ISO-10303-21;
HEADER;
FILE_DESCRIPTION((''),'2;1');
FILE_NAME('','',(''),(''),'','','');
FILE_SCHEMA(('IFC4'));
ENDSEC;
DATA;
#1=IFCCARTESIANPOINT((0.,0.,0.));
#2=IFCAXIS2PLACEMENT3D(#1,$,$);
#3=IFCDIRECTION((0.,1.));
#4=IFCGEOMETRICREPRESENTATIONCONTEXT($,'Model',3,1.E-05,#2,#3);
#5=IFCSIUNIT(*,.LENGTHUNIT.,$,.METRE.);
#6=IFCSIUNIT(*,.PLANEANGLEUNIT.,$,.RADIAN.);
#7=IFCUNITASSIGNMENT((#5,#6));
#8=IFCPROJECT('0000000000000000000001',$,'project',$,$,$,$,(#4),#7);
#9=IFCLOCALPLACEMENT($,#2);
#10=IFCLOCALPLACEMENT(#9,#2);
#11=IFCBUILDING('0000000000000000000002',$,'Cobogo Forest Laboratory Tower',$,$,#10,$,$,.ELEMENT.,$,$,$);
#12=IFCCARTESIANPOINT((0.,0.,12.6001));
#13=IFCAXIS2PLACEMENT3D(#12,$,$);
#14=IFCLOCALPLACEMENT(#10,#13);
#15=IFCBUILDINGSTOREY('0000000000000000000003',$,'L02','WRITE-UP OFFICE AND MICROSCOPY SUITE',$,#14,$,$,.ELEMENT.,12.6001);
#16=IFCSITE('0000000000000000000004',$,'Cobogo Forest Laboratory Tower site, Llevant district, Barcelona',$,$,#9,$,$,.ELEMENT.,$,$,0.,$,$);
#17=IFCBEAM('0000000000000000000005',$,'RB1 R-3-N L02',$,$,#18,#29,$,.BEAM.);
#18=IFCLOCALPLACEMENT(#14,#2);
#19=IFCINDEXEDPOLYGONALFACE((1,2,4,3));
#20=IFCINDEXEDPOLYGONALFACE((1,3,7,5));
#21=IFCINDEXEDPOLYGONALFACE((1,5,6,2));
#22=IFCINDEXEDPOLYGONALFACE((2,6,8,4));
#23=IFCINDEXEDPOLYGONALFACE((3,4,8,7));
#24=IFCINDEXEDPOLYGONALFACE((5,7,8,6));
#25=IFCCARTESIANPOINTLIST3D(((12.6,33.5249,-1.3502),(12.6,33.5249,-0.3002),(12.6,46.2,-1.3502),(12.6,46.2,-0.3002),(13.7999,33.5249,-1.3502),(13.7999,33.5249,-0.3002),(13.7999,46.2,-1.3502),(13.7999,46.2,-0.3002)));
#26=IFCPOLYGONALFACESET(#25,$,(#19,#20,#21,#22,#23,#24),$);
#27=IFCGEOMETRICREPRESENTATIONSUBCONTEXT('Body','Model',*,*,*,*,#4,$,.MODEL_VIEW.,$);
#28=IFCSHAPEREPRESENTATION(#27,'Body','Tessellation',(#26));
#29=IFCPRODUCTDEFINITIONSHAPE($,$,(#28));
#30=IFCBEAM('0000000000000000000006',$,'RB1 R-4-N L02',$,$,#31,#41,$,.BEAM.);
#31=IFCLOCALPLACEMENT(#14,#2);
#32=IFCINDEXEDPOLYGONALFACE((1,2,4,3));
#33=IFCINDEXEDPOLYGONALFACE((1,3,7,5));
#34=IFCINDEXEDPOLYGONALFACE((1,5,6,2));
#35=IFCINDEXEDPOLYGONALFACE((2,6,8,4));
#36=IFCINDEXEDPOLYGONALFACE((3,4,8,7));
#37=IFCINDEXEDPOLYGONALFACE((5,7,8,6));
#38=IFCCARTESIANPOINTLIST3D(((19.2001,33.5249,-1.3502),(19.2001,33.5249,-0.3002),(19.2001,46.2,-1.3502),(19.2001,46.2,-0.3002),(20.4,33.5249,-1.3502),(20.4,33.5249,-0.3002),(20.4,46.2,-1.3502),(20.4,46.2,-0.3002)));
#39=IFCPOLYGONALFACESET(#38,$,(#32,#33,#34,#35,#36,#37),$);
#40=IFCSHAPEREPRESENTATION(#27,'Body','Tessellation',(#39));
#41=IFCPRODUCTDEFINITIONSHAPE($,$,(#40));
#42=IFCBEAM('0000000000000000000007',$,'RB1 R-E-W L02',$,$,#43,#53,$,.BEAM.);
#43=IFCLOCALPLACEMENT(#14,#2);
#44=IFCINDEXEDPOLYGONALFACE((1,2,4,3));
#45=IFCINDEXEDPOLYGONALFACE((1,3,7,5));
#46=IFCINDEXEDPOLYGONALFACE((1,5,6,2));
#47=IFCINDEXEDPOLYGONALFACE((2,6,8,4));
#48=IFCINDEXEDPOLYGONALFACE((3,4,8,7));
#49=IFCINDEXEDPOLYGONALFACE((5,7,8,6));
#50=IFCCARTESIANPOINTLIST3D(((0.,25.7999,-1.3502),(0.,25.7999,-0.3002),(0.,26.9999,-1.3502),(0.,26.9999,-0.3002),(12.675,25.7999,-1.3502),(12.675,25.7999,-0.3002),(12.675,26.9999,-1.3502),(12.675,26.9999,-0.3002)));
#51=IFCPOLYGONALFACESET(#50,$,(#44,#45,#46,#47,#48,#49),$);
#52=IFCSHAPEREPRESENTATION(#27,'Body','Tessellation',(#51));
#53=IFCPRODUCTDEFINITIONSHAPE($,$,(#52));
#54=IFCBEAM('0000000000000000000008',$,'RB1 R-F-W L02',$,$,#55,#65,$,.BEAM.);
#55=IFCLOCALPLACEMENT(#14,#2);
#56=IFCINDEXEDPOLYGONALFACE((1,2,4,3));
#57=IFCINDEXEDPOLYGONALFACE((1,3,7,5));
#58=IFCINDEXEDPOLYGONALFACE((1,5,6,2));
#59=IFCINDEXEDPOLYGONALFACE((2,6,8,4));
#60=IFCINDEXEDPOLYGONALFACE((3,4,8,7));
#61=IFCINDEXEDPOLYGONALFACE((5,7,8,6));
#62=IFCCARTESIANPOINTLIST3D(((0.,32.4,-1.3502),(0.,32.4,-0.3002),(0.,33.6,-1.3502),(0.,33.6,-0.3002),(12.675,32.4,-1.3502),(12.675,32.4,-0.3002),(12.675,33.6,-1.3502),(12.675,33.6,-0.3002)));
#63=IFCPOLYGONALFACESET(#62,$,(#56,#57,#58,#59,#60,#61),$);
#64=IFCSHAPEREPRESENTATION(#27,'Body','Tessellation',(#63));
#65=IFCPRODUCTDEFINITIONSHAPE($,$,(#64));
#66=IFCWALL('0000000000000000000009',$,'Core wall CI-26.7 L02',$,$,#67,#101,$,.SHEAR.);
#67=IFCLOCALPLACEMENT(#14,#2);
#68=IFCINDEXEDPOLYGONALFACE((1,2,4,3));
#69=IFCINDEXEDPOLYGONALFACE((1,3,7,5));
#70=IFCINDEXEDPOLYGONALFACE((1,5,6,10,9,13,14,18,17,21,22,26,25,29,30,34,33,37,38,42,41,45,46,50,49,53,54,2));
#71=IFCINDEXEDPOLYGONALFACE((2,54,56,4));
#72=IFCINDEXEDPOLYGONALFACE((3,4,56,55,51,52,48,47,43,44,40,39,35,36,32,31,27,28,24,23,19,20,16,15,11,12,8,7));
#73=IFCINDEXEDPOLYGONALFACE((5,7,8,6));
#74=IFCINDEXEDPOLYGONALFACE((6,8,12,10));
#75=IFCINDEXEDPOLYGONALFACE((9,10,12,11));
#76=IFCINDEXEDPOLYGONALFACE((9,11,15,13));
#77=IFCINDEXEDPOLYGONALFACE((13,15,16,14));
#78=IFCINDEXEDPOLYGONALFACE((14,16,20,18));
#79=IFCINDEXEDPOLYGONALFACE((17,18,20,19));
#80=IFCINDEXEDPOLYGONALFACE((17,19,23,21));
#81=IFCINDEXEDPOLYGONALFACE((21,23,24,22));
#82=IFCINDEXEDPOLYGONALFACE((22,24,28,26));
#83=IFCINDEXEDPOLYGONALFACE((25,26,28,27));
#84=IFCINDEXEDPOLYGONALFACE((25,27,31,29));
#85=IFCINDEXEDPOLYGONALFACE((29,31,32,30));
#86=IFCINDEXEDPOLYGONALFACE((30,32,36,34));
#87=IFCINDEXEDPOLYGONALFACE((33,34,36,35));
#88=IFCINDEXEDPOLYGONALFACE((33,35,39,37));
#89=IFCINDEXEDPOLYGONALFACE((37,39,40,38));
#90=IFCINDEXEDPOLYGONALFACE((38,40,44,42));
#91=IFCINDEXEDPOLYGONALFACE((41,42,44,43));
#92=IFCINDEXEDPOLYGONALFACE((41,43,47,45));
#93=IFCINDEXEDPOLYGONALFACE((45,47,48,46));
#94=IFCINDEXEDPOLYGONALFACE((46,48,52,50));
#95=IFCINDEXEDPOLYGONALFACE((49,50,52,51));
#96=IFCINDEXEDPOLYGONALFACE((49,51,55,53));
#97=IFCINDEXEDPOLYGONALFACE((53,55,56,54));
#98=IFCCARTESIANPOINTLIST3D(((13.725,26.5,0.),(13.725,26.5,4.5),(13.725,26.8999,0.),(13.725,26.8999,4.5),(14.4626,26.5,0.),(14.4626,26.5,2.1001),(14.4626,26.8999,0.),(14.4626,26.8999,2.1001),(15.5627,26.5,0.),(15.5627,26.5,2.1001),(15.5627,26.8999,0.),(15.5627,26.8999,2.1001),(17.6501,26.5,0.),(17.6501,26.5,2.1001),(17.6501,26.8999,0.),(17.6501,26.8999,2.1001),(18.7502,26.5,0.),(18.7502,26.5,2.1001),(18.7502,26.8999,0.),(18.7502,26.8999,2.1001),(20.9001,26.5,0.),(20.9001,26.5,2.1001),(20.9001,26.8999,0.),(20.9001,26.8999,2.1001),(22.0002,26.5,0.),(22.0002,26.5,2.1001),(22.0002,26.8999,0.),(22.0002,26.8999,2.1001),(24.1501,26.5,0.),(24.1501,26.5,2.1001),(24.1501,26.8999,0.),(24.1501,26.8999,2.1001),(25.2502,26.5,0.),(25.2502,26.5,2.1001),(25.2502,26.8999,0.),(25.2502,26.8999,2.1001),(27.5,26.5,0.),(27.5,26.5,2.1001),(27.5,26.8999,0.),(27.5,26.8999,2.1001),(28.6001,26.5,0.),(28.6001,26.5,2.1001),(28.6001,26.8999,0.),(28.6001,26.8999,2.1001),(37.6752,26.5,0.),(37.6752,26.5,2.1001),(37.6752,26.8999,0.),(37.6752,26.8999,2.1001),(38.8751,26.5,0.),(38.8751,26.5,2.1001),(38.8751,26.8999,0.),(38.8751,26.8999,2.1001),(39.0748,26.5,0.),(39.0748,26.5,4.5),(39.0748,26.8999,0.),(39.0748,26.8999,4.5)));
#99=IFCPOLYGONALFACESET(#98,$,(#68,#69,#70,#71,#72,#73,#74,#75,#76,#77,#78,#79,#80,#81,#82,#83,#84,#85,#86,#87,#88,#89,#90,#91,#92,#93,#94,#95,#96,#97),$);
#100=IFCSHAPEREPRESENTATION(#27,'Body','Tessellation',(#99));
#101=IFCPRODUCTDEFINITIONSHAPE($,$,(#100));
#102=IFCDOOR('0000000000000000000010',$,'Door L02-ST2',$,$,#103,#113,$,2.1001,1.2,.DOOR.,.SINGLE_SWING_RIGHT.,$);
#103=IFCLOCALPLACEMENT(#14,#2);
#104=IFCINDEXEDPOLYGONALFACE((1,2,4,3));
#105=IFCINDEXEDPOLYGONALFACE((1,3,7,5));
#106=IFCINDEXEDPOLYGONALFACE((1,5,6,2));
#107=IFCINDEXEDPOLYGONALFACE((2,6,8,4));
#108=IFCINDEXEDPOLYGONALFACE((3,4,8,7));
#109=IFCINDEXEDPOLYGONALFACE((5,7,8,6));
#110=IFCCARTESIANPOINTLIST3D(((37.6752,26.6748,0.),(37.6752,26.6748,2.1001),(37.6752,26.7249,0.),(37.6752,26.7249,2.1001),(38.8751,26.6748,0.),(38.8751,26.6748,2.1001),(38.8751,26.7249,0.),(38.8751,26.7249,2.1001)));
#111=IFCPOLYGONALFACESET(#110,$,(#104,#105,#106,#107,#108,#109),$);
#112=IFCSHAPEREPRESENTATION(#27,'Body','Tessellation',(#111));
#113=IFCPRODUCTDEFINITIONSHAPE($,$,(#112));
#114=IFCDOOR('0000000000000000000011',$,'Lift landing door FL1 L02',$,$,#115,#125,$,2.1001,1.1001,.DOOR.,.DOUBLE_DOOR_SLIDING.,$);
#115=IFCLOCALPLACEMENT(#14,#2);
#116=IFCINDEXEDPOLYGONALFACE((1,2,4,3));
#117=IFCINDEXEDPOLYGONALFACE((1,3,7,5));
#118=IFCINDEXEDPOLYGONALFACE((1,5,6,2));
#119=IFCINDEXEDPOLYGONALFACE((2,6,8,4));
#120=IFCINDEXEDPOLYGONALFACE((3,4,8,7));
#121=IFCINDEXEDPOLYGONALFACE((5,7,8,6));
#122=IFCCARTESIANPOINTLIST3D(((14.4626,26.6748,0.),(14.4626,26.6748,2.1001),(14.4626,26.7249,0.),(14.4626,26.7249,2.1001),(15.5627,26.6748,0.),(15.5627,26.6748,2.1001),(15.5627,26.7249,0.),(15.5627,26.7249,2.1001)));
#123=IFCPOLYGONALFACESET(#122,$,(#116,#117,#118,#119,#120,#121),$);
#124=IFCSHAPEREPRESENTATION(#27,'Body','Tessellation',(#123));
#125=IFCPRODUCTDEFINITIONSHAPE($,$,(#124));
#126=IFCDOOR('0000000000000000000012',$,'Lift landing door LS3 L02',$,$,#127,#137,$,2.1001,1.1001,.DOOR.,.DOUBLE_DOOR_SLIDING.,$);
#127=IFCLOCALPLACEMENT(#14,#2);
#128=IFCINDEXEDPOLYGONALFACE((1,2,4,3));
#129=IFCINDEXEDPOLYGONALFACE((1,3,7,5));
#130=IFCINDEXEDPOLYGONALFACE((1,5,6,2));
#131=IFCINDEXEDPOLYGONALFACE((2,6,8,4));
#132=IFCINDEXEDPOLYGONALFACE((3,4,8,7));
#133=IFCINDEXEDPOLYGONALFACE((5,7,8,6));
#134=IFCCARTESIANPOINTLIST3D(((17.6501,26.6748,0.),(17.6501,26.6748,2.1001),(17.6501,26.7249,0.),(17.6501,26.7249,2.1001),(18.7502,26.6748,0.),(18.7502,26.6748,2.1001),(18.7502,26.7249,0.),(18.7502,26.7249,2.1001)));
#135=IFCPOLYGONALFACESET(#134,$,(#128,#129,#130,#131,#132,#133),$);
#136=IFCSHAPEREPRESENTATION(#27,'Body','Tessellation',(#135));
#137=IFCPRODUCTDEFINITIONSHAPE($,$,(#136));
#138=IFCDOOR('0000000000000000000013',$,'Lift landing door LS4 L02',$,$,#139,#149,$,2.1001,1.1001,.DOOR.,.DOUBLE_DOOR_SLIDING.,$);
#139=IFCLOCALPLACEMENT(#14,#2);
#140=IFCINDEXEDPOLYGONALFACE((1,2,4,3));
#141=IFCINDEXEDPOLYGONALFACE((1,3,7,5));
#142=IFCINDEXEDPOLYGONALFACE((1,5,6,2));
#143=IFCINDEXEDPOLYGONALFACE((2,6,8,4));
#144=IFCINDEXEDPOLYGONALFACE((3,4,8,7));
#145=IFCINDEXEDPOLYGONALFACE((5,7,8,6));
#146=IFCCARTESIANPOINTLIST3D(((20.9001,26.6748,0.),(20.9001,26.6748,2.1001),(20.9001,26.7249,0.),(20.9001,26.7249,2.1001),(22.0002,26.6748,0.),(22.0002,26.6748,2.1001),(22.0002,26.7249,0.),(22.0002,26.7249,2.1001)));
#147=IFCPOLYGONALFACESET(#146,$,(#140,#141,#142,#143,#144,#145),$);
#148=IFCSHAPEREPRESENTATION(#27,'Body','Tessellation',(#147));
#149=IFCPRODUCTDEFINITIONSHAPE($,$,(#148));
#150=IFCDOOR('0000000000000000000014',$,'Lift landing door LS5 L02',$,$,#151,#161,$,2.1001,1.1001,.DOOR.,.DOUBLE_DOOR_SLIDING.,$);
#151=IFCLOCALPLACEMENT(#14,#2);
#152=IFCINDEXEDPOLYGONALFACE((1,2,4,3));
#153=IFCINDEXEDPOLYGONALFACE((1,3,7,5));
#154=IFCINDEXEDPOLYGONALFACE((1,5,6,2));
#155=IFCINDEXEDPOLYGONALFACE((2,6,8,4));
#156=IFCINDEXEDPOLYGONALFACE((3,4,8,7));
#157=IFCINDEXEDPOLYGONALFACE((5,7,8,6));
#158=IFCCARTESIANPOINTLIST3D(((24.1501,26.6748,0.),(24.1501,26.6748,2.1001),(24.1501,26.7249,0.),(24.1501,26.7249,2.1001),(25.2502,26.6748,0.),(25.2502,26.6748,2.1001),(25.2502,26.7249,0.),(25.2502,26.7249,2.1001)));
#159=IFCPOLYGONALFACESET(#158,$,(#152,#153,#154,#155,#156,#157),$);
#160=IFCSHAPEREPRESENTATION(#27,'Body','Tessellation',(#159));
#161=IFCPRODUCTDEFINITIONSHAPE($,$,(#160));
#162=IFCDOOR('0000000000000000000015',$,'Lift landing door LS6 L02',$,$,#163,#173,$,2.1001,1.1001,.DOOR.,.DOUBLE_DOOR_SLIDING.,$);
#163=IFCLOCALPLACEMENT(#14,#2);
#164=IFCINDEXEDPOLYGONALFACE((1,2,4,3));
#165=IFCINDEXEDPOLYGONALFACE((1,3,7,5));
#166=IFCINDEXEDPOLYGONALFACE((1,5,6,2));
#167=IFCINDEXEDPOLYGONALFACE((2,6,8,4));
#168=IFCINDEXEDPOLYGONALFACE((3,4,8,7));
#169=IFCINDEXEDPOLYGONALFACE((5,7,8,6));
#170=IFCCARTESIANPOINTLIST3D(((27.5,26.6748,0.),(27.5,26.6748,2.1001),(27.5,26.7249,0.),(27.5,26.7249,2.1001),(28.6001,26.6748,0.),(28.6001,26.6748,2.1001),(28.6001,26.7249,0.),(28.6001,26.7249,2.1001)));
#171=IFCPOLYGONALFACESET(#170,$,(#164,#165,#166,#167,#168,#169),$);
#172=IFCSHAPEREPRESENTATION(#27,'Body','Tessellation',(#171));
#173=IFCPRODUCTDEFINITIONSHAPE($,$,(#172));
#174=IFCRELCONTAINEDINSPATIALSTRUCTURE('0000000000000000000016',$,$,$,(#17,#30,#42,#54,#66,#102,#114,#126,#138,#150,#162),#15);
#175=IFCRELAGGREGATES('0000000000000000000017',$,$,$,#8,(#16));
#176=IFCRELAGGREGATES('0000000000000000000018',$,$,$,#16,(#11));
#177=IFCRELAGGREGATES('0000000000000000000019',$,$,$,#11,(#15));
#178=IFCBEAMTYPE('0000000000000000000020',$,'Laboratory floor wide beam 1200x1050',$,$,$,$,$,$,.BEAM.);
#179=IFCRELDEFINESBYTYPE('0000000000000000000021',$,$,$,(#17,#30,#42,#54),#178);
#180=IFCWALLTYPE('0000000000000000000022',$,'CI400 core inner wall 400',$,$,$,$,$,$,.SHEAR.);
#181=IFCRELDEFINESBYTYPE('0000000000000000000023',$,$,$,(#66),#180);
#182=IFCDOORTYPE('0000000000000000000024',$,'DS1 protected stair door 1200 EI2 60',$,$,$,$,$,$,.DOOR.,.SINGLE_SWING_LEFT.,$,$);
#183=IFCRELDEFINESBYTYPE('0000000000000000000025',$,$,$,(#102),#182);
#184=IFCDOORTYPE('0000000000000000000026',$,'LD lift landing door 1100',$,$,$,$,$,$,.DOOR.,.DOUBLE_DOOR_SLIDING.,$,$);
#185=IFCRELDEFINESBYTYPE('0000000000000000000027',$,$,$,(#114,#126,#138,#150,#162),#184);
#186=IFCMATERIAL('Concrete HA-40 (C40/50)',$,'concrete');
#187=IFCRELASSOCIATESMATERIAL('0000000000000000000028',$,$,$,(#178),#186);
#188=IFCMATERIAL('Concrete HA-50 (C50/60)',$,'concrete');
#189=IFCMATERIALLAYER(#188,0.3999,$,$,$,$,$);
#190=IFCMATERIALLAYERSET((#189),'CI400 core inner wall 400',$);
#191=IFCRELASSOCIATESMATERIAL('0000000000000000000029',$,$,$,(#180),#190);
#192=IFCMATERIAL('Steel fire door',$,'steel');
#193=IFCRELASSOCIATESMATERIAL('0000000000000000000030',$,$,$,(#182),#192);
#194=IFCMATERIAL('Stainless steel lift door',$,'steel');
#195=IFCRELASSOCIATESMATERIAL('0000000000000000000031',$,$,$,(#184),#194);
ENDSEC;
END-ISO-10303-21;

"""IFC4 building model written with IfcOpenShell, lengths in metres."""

from ifc_helpers import new_model, si_unit, direction, frame, frame_2d, origin, origin_2d, place, context, subcontext, project, spatial, rectangle, extrude, material, layer, layer_set, material_profile, profile_set, type_object, element, fill, save


model = new_model("IFC4")

# Units and contexts
model_context = context("Model", 3, precision=1e-05, world=origin(), true_north=direction((0.0, 1.0)))
body_context = subcontext(model_context, "Body", "Model", "MODEL_VIEW")
ifc_project = project(units=[si_unit("LENGTHUNIT", "METRE"), si_unit("PLANEANGLEUNIT", "RADIAN")], contexts=[model_context])

# Site, building, storey
site_placement = place(None, origin())
site = spatial("IfcSite", under=ifc_project, at=site_placement, Name="Cobogo Forest Laboratory Tower site, Llevant district, Barcelona", CompositionType="ELEMENT", RefElevation=0.0)
building_placement = place(site_placement, origin())
building = spatial("IfcBuilding", under=site, at=building_placement, Name="Cobogo Forest Laboratory Tower", CompositionType="ELEMENT")
storey_placement = place(building_placement, frame((0.0, 0.0, 12.6001)))
storey = spatial("IfcBuildingStorey", under=building, at=storey_placement, Name="L02", Description="WRITE-UP OFFICE AND MICROSCOPY SUITE", CompositionType="ELEMENT", Elevation=12.6001)

# Beams
ifc_material_1 = material(Name="Concrete HA-40 (C40/50)", Category="concrete")
ifc_material_profile = material_profile(ifc_material_1, rectangle(XDim=1.2, YDim=1.05, at=origin_2d()), Name="RC 1200x1050")
ifc_profile_set = profile_set([ifc_material_profile], Name="Concrete HA-40 (C40/50)")
beam_type = type_object("IfcBeamType", Name="Laboratory floor wide beam 1200x1050", PredefinedType="BEAM", material=ifc_profile_set)
for number, where, z_axis, x_axis, name in (
    (1, (13.2, 33.5249, -0.8252), (0.0, 1.0, 0.0), (-1.0, 0.0, 0.0), "RB1 R-3-N L02"),
    (2, (19.8, 33.5249, -0.8252), (0.0, 1.0, 0.0), (-1.0, 0.0, 0.0), "RB1 R-4-N L02"),
    (3, (12.675, 26.3999, -0.8252), (-1.0, 0.0, 0.0), (0.0, -1.0, 0.0), "RB1 R-E-W L02"),
    (4, (12.675, 33.0, -0.8252), (-1.0, 0.0, 0.0), (0.0, -1.0, 0.0), "RB1 R-F-W L02"),
):
    element("IfcBeam", number, at=place(storey_placement, frame(where, z_axis=z_axis, x_axis=x_axis)), inside=storey, type_object=beam_type, Name=name, PredefinedType="BEAM", context=body_context, shape_type="SweptSolid", body=[
        extrude(rectangle(XDim=1.2, YDim=1.05, at=origin_2d()), origin(), (0.0, 0.0, 1.0), 12.675),
    ])

# Wall, openings, doors
ifc_material_2 = material(Name="Concrete HA-50 (C50/60)", Category="concrete")
ifc_layer_1 = layer(ifc_material_2, 0.3999)
ifc_layer_set_1 = layer_set([ifc_layer_1], Name="CI400 core inner wall 400")
wall_type_1 = type_object("IfcWallType", Name="CI400 core inner wall 400", PredefinedType="SHEAR", material=ifc_layer_set_1)
wall_1_placement = place(storey_placement, frame((13.7251, 26.7, 0.0), z_axis=(0.0, 0.0, 1.0), x_axis=(1.0, 0.0, 0.0)))
wall_1 = element("IfcWall", 5, at=wall_1_placement, inside=storey, type_object=wall_type_1, Name="Core wall CI-26.7 L02", PredefinedType="SHEAR", context=body_context, shape_type="SweptSolid", body=[
    extrude(rectangle(XDim=25.3499, YDim=0.3999, at=frame_2d((12.6748, 0.0))), origin(), (0.0, 0.0, 1.0), 4.5),
])
opening_1_placement = place(wall_1_placement, frame((23.95, 0.0, 0.0)))
opening_1 = element("IfcOpeningElement", 6, at=opening_1_placement, cuts=wall_1, PredefinedType="OPENING", context=body_context, shape_type="SweptSolid", body=[
    extrude(rectangle(XDim=1.2, YDim=2.1001, at=frame_2d((0.6001, 1.05))), frame((0.0, 0.21, 0.0), z_axis=(0.0, -1.0, 0.0), x_axis=(1.0, 0.0, 0.0)), (0.0, 0.0, 1.0), 0.4199),
])
opening_2_placement = place(wall_1_placement, frame((0.7375, 0.0, 0.0)))
opening_2 = element("IfcOpeningElement", 7, at=opening_2_placement, cuts=wall_1, PredefinedType="OPENING", context=body_context, shape_type="SweptSolid", body=[
    extrude(rectangle(XDim=1.1001, YDim=2.1001, at=frame_2d((0.55, 1.05))), frame((0.0, 0.21, 0.0), z_axis=(0.0, -1.0, 0.0), x_axis=(1.0, 0.0, 0.0)), (0.0, 0.0, 1.0), 0.4199),
])
opening_3_placement = place(wall_1_placement, frame((3.925, 0.0, 0.0)))
opening_3 = element("IfcOpeningElement", 8, at=opening_3_placement, cuts=wall_1, PredefinedType="OPENING", context=body_context, shape_type="SweptSolid", body=[
    extrude(rectangle(XDim=1.1001, YDim=2.1001, at=frame_2d((0.55, 1.05))), frame((0.0, 0.21, 0.0), z_axis=(0.0, -1.0, 0.0), x_axis=(1.0, 0.0, 0.0)), (0.0, 0.0, 1.0), 0.4199),
])
opening_4_placement = place(wall_1_placement, frame((7.175, 0.0, 0.0)))
opening_4 = element("IfcOpeningElement", 9, at=opening_4_placement, cuts=wall_1, PredefinedType="OPENING", context=body_context, shape_type="SweptSolid", body=[
    extrude(rectangle(XDim=1.1001, YDim=2.1001, at=frame_2d((0.55, 1.05))), frame((0.0, 0.21, 0.0), z_axis=(0.0, -1.0, 0.0), x_axis=(1.0, 0.0, 0.0)), (0.0, 0.0, 1.0), 0.4199),
])
opening_5_placement = place(wall_1_placement, frame((10.425, 0.0, 0.0)))
opening_5 = element("IfcOpeningElement", 10, at=opening_5_placement, cuts=wall_1, PredefinedType="OPENING", context=body_context, shape_type="SweptSolid", body=[
    extrude(rectangle(XDim=1.1001, YDim=2.1001, at=frame_2d((0.55, 1.05))), frame((0.0, 0.21, 0.0), z_axis=(0.0, -1.0, 0.0), x_axis=(1.0, 0.0, 0.0)), (0.0, 0.0, 1.0), 0.4199),
])
opening_6_placement = place(wall_1_placement, frame((13.7749, 0.0, 0.0)))
opening_6 = element("IfcOpeningElement", 11, at=opening_6_placement, cuts=wall_1, PredefinedType="OPENING", context=body_context, shape_type="SweptSolid", body=[
    extrude(rectangle(XDim=1.1001, YDim=2.1001, at=frame_2d((0.55, 1.05))), frame((0.0, 0.21, 0.0), z_axis=(0.0, -1.0, 0.0), x_axis=(1.0, 0.0, 0.0)), (0.0, 0.0, 1.0), 0.4199),
])
ifc_material_3 = material(Name="Steel fire door", Category="steel")
door_type_1 = type_object("IfcDoorType", Name="DS1 protected stair door 1200 EI2 60", OperationType="SINGLE_SWING_LEFT", PredefinedType="DOOR", material=ifc_material_3)
door_1_placement = place(opening_1_placement, origin())
door_1 = element("IfcDoor", 12, at=door_1_placement, inside=storey, type_object=door_type_1, Name="Door L02-ST2", OperationType="SINGLE_SWING_RIGHT", OverallHeight=2.1001, OverallWidth=1.2, PredefinedType="DOOR", context=body_context, shape_type="SweptSolid", body=[
    extrude(rectangle(XDim=1.2, YDim=2.1001, at=frame_2d((0.6001, 1.05))), frame((0.0, 0.0249, 0.0), z_axis=(0.0, -1.0, 0.0), x_axis=(1.0, 0.0, 0.0)), (0.0, 0.0, 1.0), 0.05),
])
fill(opening_1, door_1)
ifc_material_4 = material(Name="Stainless steel lift door", Category="steel")
door_type_2 = type_object("IfcDoorType", Name="LD lift landing door 1100", OperationType="DOUBLE_DOOR_SLIDING", PredefinedType="DOOR", material=ifc_material_4)
door_2_placement = place(opening_2_placement, origin())
door_2 = element("IfcDoor", 13, at=door_2_placement, inside=storey, type_object=door_type_2, Name="Lift landing door FL1 L02", OperationType="DOUBLE_DOOR_SLIDING", OverallHeight=2.1001, OverallWidth=1.1001, PredefinedType="DOOR", context=body_context, shape_type="SweptSolid", body=[
    extrude(rectangle(XDim=1.1001, YDim=2.1001, at=frame_2d((0.55, 1.05))), frame((0.0, 0.0249, 0.0), z_axis=(0.0, -1.0, 0.0), x_axis=(1.0, 0.0, 0.0)), (0.0, 0.0, 1.0), 0.05),
])
fill(opening_2, door_2)
door_3_placement = place(opening_3_placement, origin())
door_3 = element("IfcDoor", 14, at=door_3_placement, inside=storey, type_object=door_type_2, Name="Lift landing door LS3 L02", OperationType="DOUBLE_DOOR_SLIDING", OverallHeight=2.1001, OverallWidth=1.1001, PredefinedType="DOOR", context=body_context, shape_type="SweptSolid", body=[
    extrude(rectangle(XDim=1.1001, YDim=2.1001, at=frame_2d((0.55, 1.05))), frame((0.0, 0.0249, 0.0), z_axis=(0.0, -1.0, 0.0), x_axis=(1.0, 0.0, 0.0)), (0.0, 0.0, 1.0), 0.05),
])
fill(opening_3, door_3)
door_4_placement = place(opening_4_placement, origin())
door_4 = element("IfcDoor", 15, at=door_4_placement, inside=storey, type_object=door_type_2, Name="Lift landing door LS4 L02", OperationType="DOUBLE_DOOR_SLIDING", OverallHeight=2.1001, OverallWidth=1.1001, PredefinedType="DOOR", context=body_context, shape_type="SweptSolid", body=[
    extrude(rectangle(XDim=1.1001, YDim=2.1001, at=frame_2d((0.55, 1.05))), frame((0.0, 0.0249, 0.0), z_axis=(0.0, -1.0, 0.0), x_axis=(1.0, 0.0, 0.0)), (0.0, 0.0, 1.0), 0.05),
])
fill(opening_4, door_4)
door_5_placement = place(opening_5_placement, origin())
door_5 = element("IfcDoor", 16, at=door_5_placement, inside=storey, type_object=door_type_2, Name="Lift landing door LS5 L02", OperationType="DOUBLE_DOOR_SLIDING", OverallHeight=2.1001, OverallWidth=1.1001, PredefinedType="DOOR", context=body_context, shape_type="SweptSolid", body=[
    extrude(rectangle(XDim=1.1001, YDim=2.1001, at=frame_2d((0.55, 1.05))), frame((0.0, 0.0249, 0.0), z_axis=(0.0, -1.0, 0.0), x_axis=(1.0, 0.0, 0.0)), (0.0, 0.0, 1.0), 0.05),
])
fill(opening_5, door_5)
door_6_placement = place(opening_6_placement, origin())
door_6 = element("IfcDoor", 17, at=door_6_placement, inside=storey, type_object=door_type_2, Name="Lift landing door LS6 L02", OperationType="DOUBLE_DOOR_SLIDING", OverallHeight=2.1001, OverallWidth=1.1001, PredefinedType="DOOR", context=body_context, shape_type="SweptSolid", body=[
    extrude(rectangle(XDim=1.1001, YDim=2.1001, at=frame_2d((0.55, 1.05))), frame((0.0, 0.0249, 0.0), z_axis=(0.0, -1.0, 0.0), x_axis=(1.0, 0.0, 0.0)), (0.0, 0.0, 1.0), 0.05),
])
fill(opening_6, door_6)

save(model, "model.ifc")
